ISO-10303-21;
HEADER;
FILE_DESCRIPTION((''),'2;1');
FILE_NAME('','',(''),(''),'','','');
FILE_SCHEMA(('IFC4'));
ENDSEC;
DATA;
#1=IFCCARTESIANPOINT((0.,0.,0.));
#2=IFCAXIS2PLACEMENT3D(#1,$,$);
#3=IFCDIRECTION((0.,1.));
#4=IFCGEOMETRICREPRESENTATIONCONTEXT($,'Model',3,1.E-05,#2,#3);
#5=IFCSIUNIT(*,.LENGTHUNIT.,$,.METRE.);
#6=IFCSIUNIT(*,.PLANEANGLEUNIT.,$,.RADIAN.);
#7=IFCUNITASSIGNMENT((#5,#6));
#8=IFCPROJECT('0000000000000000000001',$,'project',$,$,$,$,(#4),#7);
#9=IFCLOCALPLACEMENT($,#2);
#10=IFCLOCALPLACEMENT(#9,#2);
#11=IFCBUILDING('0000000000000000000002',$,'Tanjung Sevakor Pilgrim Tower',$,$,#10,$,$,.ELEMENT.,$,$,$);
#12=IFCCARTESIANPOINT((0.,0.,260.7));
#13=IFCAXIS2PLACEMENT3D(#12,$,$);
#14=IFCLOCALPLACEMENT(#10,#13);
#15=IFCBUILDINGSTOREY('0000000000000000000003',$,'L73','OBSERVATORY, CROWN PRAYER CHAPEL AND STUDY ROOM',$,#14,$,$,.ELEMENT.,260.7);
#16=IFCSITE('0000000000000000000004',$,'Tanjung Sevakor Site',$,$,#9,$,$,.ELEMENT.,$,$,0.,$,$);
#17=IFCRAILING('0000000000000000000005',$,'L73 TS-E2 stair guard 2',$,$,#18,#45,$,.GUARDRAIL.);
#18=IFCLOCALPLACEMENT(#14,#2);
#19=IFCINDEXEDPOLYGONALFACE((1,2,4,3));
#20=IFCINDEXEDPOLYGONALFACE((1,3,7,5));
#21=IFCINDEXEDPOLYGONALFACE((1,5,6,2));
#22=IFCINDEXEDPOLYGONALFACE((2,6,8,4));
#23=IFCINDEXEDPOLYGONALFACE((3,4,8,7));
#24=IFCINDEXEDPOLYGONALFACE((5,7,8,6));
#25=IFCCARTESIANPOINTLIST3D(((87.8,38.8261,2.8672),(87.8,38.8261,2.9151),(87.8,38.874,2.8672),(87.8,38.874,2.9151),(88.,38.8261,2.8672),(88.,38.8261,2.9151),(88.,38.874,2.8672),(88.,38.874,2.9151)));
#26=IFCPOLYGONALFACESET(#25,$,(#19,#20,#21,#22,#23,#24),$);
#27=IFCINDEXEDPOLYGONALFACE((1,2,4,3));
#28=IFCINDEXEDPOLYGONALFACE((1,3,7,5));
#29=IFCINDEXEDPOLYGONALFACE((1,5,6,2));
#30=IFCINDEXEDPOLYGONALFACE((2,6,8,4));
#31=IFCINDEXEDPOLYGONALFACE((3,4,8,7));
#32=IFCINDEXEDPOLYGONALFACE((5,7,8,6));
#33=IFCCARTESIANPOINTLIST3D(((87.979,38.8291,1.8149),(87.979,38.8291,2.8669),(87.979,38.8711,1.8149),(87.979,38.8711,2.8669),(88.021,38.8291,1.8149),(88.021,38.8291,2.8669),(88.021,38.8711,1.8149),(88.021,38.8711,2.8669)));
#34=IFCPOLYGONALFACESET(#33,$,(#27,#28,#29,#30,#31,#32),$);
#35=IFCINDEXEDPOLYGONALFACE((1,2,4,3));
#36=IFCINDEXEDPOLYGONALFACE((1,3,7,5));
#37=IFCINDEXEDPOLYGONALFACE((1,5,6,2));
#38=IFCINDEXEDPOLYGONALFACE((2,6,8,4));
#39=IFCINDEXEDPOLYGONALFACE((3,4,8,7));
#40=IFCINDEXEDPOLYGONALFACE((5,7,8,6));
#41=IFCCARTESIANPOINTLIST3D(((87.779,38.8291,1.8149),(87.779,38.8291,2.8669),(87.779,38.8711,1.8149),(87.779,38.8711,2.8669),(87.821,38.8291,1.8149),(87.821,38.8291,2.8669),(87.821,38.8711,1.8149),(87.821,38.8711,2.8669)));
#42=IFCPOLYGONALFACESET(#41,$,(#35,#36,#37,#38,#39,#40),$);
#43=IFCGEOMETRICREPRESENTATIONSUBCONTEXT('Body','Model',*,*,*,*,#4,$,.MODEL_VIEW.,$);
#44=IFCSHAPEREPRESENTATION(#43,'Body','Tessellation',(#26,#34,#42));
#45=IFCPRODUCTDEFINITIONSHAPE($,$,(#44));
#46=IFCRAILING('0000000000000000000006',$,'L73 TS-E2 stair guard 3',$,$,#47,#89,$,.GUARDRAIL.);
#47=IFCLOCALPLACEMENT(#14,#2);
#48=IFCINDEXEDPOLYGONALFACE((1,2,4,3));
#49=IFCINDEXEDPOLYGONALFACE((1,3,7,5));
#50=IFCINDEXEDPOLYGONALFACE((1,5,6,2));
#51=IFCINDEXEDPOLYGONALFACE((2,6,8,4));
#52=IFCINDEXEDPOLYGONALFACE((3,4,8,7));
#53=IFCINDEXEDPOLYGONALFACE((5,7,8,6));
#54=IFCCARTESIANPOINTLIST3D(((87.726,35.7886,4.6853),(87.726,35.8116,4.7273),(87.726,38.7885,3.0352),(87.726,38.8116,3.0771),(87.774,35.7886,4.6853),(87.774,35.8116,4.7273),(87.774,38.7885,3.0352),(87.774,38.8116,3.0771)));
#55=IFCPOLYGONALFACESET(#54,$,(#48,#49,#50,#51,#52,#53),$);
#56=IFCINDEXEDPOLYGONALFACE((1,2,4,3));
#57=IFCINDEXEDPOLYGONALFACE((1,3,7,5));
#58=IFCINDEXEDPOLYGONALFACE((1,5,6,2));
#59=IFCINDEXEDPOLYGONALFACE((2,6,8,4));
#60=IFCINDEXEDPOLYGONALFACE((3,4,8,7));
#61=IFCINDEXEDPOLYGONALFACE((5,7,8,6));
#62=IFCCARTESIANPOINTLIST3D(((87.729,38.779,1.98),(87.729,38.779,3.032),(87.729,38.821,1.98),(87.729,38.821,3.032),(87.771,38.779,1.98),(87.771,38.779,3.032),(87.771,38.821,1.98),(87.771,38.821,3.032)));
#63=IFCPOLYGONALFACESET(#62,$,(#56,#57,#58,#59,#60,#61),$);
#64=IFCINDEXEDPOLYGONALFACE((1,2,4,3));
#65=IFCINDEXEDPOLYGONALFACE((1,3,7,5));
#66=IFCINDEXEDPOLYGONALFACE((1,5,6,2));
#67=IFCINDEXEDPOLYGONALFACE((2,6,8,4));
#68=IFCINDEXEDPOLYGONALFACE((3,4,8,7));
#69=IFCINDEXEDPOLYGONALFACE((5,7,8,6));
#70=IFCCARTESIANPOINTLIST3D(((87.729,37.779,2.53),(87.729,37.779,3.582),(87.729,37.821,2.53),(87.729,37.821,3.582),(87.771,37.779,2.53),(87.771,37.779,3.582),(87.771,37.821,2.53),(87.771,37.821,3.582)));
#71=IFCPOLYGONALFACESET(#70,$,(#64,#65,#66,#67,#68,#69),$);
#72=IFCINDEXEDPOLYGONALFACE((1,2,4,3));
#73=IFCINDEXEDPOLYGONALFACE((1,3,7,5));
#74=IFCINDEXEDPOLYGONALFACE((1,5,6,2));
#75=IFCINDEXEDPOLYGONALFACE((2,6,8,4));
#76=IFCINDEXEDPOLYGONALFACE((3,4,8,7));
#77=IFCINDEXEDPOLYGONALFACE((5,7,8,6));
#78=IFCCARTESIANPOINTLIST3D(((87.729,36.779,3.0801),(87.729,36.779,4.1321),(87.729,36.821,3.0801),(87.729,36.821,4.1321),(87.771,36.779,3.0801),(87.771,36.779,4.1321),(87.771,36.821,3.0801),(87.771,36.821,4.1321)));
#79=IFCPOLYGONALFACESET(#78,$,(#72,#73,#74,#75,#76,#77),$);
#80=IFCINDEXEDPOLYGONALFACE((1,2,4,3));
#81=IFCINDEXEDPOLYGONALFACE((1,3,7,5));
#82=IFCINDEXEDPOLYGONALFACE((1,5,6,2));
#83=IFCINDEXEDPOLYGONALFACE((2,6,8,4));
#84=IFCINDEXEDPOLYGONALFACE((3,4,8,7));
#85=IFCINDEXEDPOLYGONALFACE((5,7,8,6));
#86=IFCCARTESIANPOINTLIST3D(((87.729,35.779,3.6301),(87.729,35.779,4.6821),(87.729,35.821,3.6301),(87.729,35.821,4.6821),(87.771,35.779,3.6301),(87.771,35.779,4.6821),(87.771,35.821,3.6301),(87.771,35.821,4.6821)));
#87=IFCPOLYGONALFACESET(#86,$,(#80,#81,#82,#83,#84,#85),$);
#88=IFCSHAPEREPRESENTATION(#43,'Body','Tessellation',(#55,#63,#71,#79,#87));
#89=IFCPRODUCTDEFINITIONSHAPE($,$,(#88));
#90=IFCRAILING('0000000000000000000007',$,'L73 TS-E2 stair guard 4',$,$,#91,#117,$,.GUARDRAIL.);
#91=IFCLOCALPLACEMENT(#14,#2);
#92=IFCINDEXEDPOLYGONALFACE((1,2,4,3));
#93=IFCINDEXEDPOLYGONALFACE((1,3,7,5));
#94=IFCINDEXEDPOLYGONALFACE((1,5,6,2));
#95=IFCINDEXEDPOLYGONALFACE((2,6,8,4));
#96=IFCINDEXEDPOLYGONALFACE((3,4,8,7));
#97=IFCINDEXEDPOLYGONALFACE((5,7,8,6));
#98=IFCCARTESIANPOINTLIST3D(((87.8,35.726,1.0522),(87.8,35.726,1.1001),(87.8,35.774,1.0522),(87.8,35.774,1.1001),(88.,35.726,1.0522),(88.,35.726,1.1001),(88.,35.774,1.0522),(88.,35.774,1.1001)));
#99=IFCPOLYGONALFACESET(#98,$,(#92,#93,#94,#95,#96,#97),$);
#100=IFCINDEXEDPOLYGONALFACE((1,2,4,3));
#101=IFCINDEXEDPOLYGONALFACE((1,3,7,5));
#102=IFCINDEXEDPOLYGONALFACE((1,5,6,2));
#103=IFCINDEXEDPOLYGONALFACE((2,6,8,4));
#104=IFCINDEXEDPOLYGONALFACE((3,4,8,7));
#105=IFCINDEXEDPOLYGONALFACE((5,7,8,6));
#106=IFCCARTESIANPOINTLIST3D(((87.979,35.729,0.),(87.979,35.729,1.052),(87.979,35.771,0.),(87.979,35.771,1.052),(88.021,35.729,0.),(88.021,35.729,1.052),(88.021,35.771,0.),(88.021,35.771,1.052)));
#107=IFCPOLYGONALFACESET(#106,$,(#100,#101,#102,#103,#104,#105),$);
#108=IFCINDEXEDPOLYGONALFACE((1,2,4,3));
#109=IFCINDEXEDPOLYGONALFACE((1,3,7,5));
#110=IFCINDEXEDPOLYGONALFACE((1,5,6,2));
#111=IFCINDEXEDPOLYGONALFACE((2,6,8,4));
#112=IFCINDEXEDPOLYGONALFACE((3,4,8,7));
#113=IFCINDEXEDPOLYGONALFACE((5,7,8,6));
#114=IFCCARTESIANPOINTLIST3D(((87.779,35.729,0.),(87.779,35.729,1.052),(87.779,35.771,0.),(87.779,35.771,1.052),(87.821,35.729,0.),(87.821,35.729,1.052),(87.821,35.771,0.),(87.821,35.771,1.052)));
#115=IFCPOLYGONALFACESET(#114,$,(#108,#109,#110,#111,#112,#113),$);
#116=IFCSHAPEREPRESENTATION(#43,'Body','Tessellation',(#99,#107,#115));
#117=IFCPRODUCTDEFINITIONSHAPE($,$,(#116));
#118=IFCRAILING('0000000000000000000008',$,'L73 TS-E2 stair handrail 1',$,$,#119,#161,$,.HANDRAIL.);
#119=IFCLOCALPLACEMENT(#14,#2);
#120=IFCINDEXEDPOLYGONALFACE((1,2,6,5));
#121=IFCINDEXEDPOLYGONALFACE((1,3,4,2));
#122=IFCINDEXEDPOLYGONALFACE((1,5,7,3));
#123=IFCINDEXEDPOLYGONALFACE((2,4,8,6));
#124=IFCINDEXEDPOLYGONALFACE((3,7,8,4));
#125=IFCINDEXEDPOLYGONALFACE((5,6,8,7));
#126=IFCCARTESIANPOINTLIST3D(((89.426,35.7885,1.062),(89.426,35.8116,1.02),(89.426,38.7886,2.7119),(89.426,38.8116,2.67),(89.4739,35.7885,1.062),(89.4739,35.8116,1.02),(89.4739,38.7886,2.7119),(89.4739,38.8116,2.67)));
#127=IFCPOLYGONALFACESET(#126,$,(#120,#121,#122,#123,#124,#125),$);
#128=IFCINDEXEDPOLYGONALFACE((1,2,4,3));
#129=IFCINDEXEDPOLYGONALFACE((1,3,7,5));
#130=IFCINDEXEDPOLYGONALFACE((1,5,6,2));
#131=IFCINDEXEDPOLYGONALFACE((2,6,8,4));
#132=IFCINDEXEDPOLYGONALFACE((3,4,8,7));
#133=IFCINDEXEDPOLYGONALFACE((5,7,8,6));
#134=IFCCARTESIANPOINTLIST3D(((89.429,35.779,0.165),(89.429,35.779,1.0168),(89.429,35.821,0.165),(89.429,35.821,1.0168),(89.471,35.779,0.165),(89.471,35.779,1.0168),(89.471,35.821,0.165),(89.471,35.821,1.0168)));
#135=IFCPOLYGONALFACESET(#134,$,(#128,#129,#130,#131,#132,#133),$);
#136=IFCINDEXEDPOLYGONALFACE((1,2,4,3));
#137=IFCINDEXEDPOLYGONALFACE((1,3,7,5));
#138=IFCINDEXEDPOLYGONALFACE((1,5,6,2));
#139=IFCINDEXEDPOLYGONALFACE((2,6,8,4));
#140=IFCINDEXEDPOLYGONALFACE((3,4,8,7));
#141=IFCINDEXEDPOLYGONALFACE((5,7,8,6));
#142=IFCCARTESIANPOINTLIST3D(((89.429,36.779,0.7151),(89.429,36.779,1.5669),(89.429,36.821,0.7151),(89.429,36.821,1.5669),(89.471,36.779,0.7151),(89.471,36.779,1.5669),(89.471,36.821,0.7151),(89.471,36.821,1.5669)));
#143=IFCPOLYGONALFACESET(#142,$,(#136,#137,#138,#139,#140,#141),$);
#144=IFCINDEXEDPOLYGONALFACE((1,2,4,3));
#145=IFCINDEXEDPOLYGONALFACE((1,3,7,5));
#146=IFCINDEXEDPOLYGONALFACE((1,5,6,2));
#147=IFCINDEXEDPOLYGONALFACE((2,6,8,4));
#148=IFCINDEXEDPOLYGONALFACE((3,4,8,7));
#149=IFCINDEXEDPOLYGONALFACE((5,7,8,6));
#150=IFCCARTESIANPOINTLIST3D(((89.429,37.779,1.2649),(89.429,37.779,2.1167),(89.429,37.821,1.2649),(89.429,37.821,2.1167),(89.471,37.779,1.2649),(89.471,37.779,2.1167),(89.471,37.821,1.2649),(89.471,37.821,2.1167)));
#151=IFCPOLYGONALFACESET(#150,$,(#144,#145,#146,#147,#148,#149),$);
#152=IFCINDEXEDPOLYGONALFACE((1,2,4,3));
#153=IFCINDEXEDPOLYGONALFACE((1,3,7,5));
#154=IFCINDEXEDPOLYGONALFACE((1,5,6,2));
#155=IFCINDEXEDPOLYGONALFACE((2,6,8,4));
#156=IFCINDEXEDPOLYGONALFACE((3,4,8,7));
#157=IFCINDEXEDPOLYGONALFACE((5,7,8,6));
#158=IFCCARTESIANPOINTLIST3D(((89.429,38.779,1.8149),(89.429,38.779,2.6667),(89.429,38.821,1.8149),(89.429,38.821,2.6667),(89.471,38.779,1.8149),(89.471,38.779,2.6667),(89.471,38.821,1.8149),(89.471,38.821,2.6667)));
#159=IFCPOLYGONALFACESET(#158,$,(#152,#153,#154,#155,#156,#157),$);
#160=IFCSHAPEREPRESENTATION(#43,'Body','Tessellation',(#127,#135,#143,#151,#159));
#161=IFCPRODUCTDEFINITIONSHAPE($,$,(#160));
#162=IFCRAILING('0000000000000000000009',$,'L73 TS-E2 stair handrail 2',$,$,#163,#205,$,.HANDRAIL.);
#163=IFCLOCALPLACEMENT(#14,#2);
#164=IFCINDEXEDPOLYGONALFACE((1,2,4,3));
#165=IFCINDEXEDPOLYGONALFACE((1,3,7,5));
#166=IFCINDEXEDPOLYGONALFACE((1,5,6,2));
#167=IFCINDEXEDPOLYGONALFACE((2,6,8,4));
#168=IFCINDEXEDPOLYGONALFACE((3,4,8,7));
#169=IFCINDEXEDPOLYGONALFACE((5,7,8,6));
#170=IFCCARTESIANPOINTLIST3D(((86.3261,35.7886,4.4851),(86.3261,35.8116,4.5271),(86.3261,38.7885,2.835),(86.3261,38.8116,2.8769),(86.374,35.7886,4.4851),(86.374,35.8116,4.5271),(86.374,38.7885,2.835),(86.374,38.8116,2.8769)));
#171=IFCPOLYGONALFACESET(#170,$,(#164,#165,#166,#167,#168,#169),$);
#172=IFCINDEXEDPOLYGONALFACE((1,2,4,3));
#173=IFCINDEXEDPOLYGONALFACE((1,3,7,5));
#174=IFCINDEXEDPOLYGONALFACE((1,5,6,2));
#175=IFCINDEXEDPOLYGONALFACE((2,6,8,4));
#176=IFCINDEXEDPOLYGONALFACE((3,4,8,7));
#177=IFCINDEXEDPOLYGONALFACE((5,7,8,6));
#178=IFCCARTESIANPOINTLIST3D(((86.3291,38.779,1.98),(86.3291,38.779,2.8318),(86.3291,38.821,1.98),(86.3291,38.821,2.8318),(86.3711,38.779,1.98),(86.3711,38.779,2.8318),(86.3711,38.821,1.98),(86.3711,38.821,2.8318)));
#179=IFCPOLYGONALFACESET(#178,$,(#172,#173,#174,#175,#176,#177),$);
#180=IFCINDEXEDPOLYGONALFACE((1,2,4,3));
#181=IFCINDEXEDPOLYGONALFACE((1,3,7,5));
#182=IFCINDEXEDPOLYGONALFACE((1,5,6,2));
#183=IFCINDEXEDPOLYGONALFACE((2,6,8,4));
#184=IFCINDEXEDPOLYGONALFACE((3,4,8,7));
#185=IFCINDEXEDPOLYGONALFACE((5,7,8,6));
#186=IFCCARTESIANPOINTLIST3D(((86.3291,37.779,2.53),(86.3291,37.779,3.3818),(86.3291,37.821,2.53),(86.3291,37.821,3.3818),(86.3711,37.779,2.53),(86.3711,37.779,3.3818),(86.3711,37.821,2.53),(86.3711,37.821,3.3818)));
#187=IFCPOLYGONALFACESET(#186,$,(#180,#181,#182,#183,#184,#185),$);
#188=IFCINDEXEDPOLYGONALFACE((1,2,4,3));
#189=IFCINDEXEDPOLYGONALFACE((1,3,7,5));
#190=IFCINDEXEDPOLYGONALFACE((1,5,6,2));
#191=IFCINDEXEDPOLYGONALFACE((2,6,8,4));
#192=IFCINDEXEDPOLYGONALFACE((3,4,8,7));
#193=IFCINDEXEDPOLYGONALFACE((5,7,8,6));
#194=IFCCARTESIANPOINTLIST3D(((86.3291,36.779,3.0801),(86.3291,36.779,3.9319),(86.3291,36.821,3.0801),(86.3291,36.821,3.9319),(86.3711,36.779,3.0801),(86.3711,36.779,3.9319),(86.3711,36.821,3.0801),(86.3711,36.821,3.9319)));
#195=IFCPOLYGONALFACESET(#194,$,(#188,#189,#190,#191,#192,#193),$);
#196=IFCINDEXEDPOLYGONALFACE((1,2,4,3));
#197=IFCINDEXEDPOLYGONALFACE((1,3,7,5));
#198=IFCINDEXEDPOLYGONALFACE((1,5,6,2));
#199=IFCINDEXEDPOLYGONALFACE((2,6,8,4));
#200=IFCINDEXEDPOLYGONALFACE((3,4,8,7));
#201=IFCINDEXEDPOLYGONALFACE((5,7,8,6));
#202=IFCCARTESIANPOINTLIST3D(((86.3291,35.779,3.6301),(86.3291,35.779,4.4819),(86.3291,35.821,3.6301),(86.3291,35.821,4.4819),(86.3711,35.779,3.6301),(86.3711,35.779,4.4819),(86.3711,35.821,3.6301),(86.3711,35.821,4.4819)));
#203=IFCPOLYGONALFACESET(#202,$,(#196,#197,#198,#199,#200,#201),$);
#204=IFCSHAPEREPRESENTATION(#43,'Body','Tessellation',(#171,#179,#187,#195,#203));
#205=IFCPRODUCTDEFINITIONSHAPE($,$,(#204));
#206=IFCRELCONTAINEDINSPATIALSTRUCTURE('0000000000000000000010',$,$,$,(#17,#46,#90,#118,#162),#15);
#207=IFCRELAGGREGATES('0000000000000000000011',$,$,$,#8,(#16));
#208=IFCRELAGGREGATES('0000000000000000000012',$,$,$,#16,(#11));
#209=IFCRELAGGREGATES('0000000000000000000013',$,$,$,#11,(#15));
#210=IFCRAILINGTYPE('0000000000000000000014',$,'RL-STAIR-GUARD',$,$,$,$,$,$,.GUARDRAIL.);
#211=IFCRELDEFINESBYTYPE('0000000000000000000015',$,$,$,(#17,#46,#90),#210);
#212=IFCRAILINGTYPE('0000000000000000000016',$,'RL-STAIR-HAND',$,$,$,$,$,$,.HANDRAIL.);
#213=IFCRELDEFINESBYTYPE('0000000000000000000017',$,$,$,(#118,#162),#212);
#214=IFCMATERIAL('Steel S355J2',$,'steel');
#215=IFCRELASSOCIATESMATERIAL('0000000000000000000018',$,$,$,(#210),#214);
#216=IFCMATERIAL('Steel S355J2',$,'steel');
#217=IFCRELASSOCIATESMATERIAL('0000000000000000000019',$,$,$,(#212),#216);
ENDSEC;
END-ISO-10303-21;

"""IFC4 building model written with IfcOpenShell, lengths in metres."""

from ifc_helpers import new_model, si_unit, direction, frame, origin, place, context, subcontext, project, spatial, rectangle, extrude, material, type_object, element, save


model = new_model("IFC4")

# Units and contexts
model_context = context("Model", 3, precision=1e-05, world=origin(), true_north=direction((0.0, 1.0)))
body_context = subcontext(model_context, "Body", "Model", "MODEL_VIEW")
ifc_project = project(units=[si_unit("LENGTHUNIT", "METRE"), si_unit("PLANEANGLEUNIT", "RADIAN")], contexts=[model_context])

# Site, building, storey
site_placement = place(None, origin())
site = spatial("IfcSite", under=ifc_project, at=site_placement, Name="Tanjung Sevakor Site", CompositionType="ELEMENT", RefElevation=0.0)
building_placement = place(site_placement, origin())
building = spatial("IfcBuilding", under=site, at=building_placement, Name="Tanjung Sevakor Pilgrim Tower", CompositionType="ELEMENT")
storey_placement = place(building_placement, frame((0.0, 0.0, 260.7)))
storey = spatial("IfcBuildingStorey", under=building, at=storey_placement, Name="L73", Description="OBSERVATORY, CROWN PRAYER CHAPEL AND STUDY ROOM", CompositionType="ELEMENT", Elevation=260.7)

# Railings
ifc_material_1 = material(Name="Steel S355J2", Category="steel")
railing_type_1 = type_object("IfcRailingType", Name="RL-STAIR-GUARD", PredefinedType="GUARDRAIL", material=ifc_material_1)
railing_1_placement = place(storey_placement, frame((88.0, 38.8501, 1.8149)))
element("IfcRailing", 1, at=railing_1_placement, inside=storey, type_object=railing_type_1, Name="L73 TS-E2 stair guard 2", PredefinedType="GUARDRAIL", context=body_context, shape_type="SweptSolid", body=[
    extrude(rectangle(XDim=0.0479, YDim=0.0479), frame((0.0, 0.0, 1.0762), z_axis=(-1.0, 0.0, 0.0), x_axis=(0.0, -1.0, 0.0)), (0.0, 0.0, 1.0), 0.2),
    extrude(rectangle(XDim=0.042, YDim=0.042), origin(), (0.0, 0.0, 1.0), 1.052),
    extrude(rectangle(XDim=0.042, YDim=0.042), frame((-0.2, 0.0, 0.0)), (0.0, 0.0, 1.0), 1.052),
])
railing_2_placement = place(storey_placement, frame((87.75, 38.8, 1.98)))
element("IfcRailing", 2, at=railing_2_placement, inside=storey, type_object=railing_type_1, Name="L73 TS-E2 stair guard 3", PredefinedType="GUARDRAIL", context=body_context, shape_type="SweptSolid", body=[
    extrude(rectangle(XDim=0.0479, YDim=0.0479), frame((0.0, 0.0, 1.0762), z_axis=(0.0, -0.876198, 0.481952), x_axis=(1.0, 0.0, 0.0)), (0.0, 0.0, 1.0), 3.4238),
    extrude(rectangle(XDim=0.042, YDim=0.042), origin(), (0.0, 0.0, 1.0), 1.052),
    extrude(rectangle(XDim=0.042, YDim=0.042), frame((0.0, -1.0, 0.55)), (0.0, 0.0, 1.0), 1.052),
    extrude(rectangle(XDim=0.042, YDim=0.042), frame((0.0, -2.0, 1.1001)), (0.0, 0.0, 1.0), 1.052),
    extrude(rectangle(XDim=0.042, YDim=0.042), frame((0.0, -3.0, 1.6501)), (0.0, 0.0, 1.0), 1.052),
])
railing_3_placement = place(storey_placement, frame((88.0, 35.75, 0.0)))
element("IfcRailing", 3, at=railing_3_placement, inside=storey, type_object=railing_type_1, Name="L73 TS-E2 stair guard 4", PredefinedType="GUARDRAIL", context=body_context, shape_type="SweptSolid", body=[
    extrude(rectangle(XDim=0.0479, YDim=0.0479), frame((0.0, 0.0, 1.0762), z_axis=(-1.0, 0.0, 0.0), x_axis=(0.0, -1.0, 0.0)), (0.0, 0.0, 1.0), 0.2),
    extrude(rectangle(XDim=0.042, YDim=0.042), origin(), (0.0, 0.0, 1.0), 1.052),
    extrude(rectangle(XDim=0.042, YDim=0.042), frame((-0.2, 0.0, 0.0)), (0.0, 0.0, 1.0), 1.052),
])
ifc_material_2 = material(Name="Steel S355J2", Category="steel")
railing_type_2 = type_object("IfcRailingType", Name="RL-STAIR-HAND", PredefinedType="HANDRAIL", material=ifc_material_2)
railing_4_placement = place(storey_placement, frame((89.45, 35.8, 0.165)))
element("IfcRailing", 4, at=railing_4_placement, inside=storey, type_object=railing_type_2, Name="L73 TS-E2 stair handrail 1", PredefinedType="HANDRAIL", context=body_context, shape_type="SweptSolid", body=[
    extrude(rectangle(XDim=0.0479, YDim=0.0479), frame((0.0, 0.0, 0.876), z_axis=(0.0, 0.876228, 0.481897), x_axis=(-1.0, 0.0, 0.0)), (0.0, 0.0, 1.0), 3.4238),
    extrude(rectangle(XDim=0.042, YDim=0.042), origin(), (0.0, 0.0, 1.0), 0.8518),
    extrude(rectangle(XDim=0.042, YDim=0.042), frame((0.0, 1.0, 0.55)), (0.0, 0.0, 1.0), 0.8518),
    extrude(rectangle(XDim=0.042, YDim=0.042), frame((0.0, 2.0, 1.0999)), (0.0, 0.0, 1.0), 0.8518),
    extrude(rectangle(XDim=0.042, YDim=0.042), frame((0.0, 3.0, 1.6499)), (0.0, 0.0, 1.0), 0.8518),
])
railing_5_placement = place(storey_placement, frame((86.3501, 38.8, 1.98)))
element("IfcRailing", 5, at=railing_5_placement, inside=storey, type_object=railing_type_2, Name="L73 TS-E2 stair handrail 2", PredefinedType="HANDRAIL", context=body_context, shape_type="SweptSolid", body=[
    extrude(rectangle(XDim=0.0479, YDim=0.0479), frame((0.0, 0.0, 0.876), z_axis=(0.0, -0.876198, 0.481952), x_axis=(1.0, 0.0, 0.0)), (0.0, 0.0, 1.0), 3.4238),
    extrude(rectangle(XDim=0.042, YDim=0.042), origin(), (0.0, 0.0, 1.0), 0.8518),
    extrude(rectangle(XDim=0.042, YDim=0.042), frame((0.0, -1.0, 0.55)), (0.0, 0.0, 1.0), 0.8518),
    extrude(rectangle(XDim=0.042, YDim=0.042), frame((0.0, -2.0, 1.1001)), (0.0, 0.0, 1.0), 0.8518),
    extrude(rectangle(XDim=0.042, YDim=0.042), frame((0.0, -3.0, 1.6501)), (0.0, 0.0, 1.0), 0.8518),
])

save(model, "model.ifc")
